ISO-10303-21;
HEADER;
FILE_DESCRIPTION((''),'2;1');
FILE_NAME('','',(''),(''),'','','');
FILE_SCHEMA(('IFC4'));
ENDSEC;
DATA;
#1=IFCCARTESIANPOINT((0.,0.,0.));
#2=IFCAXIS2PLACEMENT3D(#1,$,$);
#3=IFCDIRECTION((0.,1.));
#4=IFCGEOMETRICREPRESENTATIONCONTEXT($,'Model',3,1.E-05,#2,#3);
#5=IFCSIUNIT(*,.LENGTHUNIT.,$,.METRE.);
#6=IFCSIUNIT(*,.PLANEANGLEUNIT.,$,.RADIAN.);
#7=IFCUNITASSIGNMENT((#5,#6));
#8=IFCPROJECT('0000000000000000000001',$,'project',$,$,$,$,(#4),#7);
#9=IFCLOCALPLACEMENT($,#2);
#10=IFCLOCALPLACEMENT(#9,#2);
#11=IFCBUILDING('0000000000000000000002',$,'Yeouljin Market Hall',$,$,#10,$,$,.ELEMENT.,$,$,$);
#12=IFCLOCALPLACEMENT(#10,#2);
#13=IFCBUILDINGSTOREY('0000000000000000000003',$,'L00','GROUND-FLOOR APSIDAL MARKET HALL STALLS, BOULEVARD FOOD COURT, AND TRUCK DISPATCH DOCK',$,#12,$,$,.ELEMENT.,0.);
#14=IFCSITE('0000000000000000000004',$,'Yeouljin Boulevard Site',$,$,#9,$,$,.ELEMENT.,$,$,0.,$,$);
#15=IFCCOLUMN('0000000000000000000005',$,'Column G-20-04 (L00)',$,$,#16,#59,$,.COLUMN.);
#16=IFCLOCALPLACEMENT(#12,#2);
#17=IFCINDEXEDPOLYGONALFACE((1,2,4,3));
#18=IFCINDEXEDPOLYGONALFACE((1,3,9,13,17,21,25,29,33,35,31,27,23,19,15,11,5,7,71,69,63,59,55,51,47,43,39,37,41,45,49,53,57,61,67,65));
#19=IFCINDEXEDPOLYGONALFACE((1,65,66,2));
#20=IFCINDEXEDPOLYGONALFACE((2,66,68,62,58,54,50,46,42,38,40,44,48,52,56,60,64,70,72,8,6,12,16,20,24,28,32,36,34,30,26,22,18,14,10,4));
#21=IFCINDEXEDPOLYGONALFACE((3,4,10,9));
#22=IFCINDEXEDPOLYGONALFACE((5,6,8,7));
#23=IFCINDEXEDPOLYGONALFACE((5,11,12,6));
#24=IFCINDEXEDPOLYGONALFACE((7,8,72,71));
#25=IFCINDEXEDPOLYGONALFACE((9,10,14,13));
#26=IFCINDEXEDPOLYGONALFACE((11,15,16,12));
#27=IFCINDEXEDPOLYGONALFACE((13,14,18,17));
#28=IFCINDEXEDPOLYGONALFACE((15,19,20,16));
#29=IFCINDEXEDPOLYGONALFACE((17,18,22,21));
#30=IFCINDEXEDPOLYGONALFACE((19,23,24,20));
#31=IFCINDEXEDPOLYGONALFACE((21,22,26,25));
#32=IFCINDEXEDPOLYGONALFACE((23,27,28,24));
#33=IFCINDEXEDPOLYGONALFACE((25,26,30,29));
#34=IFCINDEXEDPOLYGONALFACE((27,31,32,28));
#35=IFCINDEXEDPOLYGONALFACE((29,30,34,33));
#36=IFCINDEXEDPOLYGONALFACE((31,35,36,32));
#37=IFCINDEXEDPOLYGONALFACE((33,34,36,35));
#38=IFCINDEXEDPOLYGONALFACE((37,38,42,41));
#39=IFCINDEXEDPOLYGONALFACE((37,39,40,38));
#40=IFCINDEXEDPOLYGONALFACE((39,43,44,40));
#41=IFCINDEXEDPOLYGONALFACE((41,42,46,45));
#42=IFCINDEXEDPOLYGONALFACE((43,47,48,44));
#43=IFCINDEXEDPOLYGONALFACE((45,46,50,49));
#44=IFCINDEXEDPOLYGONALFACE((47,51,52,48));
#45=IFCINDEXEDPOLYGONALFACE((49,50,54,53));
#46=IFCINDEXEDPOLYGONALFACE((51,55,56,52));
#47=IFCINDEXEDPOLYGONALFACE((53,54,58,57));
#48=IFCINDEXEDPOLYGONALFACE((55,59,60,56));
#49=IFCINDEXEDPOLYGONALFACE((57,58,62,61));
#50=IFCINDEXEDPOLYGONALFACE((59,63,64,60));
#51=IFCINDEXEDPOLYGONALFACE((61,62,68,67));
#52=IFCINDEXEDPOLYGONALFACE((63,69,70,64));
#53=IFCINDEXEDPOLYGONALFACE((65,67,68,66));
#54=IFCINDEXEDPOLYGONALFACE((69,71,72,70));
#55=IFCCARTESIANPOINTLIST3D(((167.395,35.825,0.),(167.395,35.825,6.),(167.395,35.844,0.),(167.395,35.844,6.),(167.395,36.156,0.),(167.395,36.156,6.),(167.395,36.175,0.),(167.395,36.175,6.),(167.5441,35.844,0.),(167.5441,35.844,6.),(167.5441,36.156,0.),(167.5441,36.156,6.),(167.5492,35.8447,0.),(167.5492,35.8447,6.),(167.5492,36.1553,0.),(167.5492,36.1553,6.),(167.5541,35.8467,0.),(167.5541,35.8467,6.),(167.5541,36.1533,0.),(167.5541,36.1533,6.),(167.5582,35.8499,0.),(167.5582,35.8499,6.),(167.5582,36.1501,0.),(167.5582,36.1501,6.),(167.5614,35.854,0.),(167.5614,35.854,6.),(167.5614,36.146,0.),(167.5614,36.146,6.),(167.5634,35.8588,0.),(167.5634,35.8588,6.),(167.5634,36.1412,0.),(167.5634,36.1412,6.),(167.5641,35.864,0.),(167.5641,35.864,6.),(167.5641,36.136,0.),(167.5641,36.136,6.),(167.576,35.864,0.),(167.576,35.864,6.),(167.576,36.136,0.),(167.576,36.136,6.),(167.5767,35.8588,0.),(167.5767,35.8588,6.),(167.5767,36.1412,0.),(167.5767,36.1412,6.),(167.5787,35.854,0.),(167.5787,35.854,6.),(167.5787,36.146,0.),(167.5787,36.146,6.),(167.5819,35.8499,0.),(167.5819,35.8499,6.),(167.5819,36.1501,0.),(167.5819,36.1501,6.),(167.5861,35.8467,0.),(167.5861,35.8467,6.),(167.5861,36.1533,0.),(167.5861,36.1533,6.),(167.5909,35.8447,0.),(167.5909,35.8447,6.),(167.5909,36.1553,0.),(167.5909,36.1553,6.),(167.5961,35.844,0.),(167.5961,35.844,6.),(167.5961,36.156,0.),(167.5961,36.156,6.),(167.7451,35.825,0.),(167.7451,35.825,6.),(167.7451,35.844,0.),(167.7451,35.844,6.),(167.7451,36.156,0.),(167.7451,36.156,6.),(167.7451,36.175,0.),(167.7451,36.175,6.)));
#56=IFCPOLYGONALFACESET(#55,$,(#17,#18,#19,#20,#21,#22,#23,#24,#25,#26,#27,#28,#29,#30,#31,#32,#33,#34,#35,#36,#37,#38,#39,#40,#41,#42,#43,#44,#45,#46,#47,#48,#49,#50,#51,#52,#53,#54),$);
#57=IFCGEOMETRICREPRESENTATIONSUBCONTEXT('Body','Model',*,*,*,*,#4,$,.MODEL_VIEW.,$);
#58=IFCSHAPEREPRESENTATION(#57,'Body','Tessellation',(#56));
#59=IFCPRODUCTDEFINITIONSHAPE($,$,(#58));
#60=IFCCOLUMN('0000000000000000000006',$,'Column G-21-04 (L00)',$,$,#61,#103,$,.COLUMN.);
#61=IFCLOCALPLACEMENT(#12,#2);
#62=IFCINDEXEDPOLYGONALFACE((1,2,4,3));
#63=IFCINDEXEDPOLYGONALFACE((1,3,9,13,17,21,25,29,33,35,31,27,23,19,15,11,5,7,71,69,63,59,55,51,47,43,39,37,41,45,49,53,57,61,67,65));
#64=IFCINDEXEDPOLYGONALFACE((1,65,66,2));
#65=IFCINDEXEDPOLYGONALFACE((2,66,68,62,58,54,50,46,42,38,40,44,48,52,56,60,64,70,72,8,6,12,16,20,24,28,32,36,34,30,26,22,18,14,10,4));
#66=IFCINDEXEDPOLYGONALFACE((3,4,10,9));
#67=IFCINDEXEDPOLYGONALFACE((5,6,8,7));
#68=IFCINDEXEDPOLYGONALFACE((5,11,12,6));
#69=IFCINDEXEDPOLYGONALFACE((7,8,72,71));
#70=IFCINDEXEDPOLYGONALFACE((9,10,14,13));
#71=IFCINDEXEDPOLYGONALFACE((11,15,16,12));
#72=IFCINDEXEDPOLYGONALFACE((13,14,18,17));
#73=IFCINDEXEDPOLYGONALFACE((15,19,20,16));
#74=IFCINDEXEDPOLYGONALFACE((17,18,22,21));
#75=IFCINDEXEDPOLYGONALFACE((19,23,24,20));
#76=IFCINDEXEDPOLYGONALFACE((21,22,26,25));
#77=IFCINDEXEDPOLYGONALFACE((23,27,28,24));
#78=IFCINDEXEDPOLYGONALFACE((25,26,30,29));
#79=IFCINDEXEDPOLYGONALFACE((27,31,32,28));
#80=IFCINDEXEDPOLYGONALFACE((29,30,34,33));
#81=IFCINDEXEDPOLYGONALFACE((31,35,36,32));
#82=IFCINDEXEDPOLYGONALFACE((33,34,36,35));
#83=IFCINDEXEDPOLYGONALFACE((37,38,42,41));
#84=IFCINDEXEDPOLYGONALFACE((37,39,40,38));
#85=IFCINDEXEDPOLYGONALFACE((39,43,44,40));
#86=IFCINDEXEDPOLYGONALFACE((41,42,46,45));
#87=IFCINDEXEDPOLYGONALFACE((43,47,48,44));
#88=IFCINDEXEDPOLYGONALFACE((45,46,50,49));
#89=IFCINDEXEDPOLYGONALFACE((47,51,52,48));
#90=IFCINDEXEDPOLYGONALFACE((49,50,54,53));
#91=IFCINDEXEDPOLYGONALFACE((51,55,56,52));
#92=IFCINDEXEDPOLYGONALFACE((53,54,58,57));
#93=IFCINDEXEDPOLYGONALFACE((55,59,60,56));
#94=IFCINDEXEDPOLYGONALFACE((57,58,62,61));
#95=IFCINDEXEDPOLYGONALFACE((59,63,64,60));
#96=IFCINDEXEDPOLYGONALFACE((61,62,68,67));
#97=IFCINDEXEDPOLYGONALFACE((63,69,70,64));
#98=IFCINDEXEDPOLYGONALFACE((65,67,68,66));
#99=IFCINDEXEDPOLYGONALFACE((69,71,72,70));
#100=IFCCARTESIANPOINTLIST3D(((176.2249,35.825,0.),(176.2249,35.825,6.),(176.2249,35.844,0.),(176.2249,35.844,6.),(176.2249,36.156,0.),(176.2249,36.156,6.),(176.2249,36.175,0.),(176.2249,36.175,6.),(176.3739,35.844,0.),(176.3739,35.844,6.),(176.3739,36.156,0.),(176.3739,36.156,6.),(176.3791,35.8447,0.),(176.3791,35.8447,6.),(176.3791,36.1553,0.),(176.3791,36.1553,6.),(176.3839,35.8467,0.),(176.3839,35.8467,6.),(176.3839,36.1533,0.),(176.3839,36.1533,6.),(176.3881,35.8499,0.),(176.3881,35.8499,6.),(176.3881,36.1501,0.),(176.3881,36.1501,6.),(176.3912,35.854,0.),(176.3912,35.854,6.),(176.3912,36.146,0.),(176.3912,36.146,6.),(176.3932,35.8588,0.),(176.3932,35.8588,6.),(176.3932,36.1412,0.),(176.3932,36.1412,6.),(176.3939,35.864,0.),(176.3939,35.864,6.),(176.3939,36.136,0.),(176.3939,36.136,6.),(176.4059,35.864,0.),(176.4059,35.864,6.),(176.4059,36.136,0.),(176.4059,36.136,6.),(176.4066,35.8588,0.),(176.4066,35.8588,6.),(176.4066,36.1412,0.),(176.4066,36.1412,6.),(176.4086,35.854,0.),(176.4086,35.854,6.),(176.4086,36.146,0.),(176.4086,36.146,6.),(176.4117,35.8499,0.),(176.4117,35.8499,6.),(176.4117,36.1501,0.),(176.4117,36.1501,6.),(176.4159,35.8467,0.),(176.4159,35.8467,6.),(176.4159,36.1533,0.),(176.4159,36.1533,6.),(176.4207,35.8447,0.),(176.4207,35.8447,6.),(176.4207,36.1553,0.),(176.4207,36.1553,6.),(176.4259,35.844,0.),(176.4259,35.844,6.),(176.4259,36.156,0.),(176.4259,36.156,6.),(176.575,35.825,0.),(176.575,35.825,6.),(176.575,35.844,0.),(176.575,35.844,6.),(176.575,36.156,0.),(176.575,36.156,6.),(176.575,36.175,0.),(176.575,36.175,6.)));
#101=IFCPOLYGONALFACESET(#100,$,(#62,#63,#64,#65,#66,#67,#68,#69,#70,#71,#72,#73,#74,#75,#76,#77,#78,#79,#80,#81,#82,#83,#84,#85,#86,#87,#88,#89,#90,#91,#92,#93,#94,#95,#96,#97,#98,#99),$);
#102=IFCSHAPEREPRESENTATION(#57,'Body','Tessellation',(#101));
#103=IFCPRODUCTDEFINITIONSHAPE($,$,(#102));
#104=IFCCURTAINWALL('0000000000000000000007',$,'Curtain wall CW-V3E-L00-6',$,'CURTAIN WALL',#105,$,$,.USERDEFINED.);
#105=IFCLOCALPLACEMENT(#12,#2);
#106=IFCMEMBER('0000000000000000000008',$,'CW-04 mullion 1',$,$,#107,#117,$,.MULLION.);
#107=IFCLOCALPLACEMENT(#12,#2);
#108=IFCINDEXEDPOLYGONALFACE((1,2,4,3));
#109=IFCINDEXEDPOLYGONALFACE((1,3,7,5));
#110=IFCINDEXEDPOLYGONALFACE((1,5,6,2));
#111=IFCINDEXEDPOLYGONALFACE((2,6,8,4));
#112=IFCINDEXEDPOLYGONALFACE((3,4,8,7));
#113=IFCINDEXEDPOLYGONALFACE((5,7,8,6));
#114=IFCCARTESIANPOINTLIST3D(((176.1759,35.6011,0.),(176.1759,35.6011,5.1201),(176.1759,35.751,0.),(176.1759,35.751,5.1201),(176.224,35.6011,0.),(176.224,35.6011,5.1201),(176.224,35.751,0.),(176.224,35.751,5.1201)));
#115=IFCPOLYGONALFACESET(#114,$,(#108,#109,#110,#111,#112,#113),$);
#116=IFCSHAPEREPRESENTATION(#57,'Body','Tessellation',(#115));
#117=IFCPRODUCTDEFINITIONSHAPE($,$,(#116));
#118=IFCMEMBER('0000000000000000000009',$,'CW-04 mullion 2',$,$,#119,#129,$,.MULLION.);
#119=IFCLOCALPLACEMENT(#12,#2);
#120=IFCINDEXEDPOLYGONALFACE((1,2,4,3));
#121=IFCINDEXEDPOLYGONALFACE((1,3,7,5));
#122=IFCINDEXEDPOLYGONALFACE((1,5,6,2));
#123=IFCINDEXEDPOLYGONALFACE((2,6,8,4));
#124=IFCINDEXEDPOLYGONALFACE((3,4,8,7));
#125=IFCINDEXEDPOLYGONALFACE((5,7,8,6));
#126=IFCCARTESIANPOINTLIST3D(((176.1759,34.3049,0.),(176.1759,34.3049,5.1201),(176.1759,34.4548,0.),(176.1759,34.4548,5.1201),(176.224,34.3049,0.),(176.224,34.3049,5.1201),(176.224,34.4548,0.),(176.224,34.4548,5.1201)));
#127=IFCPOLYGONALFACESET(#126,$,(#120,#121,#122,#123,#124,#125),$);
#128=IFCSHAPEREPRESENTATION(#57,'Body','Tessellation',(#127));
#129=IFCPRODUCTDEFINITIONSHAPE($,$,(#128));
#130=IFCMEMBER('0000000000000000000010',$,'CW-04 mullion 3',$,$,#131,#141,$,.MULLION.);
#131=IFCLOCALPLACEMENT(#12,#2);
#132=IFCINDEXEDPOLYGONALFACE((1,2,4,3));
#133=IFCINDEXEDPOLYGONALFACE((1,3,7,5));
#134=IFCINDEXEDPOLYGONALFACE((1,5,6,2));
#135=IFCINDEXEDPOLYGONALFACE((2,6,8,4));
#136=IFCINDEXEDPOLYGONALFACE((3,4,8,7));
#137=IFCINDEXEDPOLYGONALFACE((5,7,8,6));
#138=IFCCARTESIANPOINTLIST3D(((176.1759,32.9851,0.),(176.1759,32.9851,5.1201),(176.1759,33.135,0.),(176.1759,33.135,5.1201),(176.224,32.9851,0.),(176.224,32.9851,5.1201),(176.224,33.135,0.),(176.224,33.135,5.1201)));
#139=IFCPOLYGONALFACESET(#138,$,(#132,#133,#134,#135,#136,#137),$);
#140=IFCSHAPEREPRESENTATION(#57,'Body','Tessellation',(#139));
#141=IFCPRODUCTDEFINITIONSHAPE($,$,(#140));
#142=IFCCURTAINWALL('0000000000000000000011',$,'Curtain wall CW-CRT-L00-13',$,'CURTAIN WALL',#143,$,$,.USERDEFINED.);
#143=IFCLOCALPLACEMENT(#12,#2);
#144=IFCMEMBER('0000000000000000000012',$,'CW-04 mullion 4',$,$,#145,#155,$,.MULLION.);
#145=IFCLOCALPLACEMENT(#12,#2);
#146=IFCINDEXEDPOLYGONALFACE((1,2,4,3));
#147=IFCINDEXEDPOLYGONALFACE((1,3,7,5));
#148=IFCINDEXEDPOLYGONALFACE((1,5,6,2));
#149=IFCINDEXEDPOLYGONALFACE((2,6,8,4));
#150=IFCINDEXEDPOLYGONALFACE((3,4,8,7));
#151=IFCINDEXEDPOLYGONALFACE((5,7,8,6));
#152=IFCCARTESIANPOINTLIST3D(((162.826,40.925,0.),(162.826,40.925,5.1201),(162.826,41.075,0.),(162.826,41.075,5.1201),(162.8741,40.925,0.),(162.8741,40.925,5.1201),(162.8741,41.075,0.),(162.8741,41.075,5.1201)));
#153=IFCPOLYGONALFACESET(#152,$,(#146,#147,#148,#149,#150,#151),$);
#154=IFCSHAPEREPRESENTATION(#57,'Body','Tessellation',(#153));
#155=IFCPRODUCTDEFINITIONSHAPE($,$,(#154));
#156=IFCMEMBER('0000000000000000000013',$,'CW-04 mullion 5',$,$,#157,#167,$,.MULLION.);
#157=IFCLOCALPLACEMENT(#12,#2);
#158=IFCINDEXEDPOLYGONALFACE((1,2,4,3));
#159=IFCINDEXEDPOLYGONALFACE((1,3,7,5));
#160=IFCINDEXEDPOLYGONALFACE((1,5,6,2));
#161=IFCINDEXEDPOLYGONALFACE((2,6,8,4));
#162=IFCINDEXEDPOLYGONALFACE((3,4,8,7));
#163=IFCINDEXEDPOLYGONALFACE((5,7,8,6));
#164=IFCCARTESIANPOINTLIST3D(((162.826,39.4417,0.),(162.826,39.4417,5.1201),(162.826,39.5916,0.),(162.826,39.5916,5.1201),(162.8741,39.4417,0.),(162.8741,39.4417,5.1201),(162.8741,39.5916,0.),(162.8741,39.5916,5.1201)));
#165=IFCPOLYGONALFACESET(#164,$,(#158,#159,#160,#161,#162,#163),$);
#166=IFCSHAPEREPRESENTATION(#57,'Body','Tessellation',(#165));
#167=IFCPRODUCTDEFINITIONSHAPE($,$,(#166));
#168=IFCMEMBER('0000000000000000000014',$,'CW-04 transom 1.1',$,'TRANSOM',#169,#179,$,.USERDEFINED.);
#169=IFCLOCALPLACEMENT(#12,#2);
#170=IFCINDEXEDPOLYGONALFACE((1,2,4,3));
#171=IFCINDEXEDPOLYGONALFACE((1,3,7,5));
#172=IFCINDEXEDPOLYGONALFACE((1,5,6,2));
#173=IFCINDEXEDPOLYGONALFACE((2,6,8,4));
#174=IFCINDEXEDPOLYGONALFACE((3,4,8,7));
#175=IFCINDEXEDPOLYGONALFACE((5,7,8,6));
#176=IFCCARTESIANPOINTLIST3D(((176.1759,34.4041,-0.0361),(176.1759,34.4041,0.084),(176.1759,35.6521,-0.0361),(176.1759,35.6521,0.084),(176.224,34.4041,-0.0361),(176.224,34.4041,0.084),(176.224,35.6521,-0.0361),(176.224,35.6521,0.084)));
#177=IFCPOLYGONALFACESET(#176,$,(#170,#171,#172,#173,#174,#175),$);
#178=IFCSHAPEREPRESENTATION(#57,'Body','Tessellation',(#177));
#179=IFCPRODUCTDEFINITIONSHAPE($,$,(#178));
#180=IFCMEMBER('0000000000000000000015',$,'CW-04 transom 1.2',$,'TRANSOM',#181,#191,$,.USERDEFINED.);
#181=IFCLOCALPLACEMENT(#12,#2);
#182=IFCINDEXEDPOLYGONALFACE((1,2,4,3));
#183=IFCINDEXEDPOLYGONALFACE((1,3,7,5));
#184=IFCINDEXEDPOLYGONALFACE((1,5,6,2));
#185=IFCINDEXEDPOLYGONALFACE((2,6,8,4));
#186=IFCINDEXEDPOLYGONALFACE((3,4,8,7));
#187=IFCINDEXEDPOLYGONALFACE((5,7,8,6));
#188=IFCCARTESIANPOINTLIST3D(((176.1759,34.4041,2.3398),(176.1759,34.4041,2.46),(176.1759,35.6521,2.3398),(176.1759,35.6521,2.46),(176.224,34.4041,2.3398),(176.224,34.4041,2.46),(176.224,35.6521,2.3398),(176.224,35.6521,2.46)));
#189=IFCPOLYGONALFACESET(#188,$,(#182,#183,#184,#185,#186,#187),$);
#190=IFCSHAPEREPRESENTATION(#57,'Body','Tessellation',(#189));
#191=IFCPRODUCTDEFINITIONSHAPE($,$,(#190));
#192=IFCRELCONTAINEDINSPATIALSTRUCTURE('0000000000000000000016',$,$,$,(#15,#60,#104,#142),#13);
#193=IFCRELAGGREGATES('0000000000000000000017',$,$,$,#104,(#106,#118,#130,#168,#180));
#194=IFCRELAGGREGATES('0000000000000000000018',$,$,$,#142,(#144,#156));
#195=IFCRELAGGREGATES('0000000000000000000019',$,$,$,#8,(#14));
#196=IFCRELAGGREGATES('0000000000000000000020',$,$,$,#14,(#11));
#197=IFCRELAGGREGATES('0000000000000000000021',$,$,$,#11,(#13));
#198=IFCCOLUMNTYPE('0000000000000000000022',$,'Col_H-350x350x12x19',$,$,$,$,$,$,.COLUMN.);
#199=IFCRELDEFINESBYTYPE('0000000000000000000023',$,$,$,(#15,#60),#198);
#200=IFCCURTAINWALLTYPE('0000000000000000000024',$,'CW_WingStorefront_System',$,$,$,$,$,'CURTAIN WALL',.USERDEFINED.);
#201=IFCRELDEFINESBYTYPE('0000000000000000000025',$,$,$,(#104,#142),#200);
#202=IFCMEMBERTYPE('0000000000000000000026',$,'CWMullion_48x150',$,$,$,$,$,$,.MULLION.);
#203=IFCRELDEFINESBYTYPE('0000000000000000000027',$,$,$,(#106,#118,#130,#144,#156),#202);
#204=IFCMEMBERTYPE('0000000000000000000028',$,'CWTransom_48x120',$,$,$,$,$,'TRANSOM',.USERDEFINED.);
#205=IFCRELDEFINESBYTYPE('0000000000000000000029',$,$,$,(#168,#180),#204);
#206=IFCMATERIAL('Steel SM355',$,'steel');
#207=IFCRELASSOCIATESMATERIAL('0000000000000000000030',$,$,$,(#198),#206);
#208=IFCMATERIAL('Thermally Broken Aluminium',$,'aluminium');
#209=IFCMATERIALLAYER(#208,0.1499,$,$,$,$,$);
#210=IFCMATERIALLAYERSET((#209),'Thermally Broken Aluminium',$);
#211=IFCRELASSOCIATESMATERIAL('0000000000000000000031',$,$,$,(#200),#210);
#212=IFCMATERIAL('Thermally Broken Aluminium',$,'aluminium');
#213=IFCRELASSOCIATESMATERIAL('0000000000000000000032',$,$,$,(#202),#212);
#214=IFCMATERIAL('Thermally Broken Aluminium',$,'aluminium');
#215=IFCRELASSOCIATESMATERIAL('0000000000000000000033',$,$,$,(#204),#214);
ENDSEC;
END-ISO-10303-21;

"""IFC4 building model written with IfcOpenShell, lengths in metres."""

from ifc_helpers import new_model, si_unit, direction, frame, origin, origin_2d, place, context, subcontext, project, spatial, rectangle, i_section, extrude, material, layer, layer_set, material_profile, profile_set, type_object, element, aggregate, save


model = new_model("IFC4")

# Units and contexts
model_context = context("Model", 3, precision=1e-05, world=origin(), true_north=direction((0.0, 1.0)))
body_context = subcontext(model_context, "Body", "Model", "MODEL_VIEW")
ifc_project = project(units=[si_unit("LENGTHUNIT", "METRE"), si_unit("PLANEANGLEUNIT", "RADIAN")], contexts=[model_context])

# Site, building, storey
site_placement = place(None, origin())
site = spatial("IfcSite", under=ifc_project, at=site_placement, Name="Yeouljin Boulevard Site", CompositionType="ELEMENT", RefElevation=0.0)
building_placement = place(site_placement, origin())
building = spatial("IfcBuilding", under=site, at=building_placement, Name="Yeouljin Market Hall", CompositionType="ELEMENT")
storey_placement = place(building_placement, origin())
storey = spatial("IfcBuildingStorey", under=building, at=storey_placement, Name="L00", Description="GROUND-FLOOR APSIDAL MARKET HALL STALLS, BOULEVARD FOOD COURT, AND TRUCK DISPATCH DOCK", CompositionType="ELEMENT", Elevation=0.0)

# Columns
ifc_material_1 = material(Name="Steel SM355", Category="steel")
ifc_material_profile_1 = material_profile(ifc_material_1, i_section(OverallWidth=0.3501, OverallDepth=0.3501, WebThickness=0.012, FlangeThickness=0.019, FilletRadius=0.02, at=origin_2d()), Name="H-350x350x12x19")
ifc_profile_set_1 = profile_set([ifc_material_profile_1], Name="Steel SM355")
column_type = type_object("IfcColumnType", Name="Col_H-350x350x12x19", PredefinedType="COLUMN", material=ifc_profile_set_1)
for number, where, z_axis, x_axis, name in (
    (1, (167.5701, 36.0, 0.0), (0.0, 0.0, 1.0), (1.0, 0.0, 0.0), "Column G-20-04 (L00)"),
    (2, (176.3999, 36.0, 0.0), (0.0, 0.0, 1.0), (1.0, 0.0, 0.0), "Column G-21-04 (L00)"),
):
    element("IfcColumn", number, at=place(storey_placement, frame(where, z_axis=z_axis, x_axis=x_axis)), inside=storey, type_object=column_type, Name=name, PredefinedType="COLUMN", context=body_context, shape_type="SweptSolid", body=[
        extrude(i_section(OverallWidth=0.3501, OverallDepth=0.3501, WebThickness=0.012, FlangeThickness=0.019, FilletRadius=0.02, at=origin_2d()), origin(), (0.0, 0.0, 1.0), 6.0),
    ])

# Curtain walls, members
ifc_material_2 = material(Name="Thermally Broken Aluminium", Category="aluminium")
ifc_layer_1 = layer(ifc_material_2, 0.1499)
ifc_layer_set_1 = layer_set([ifc_layer_1], Name="Thermally Broken Aluminium")
curtain_wall_type = type_object("IfcCurtainWallType", Name="CW_WingStorefront_System", ElementType="CURTAIN WALL", PredefinedType="USERDEFINED", material=ifc_layer_set_1)
curtain_wall_1_placement = place(storey_placement, origin())
curtain_wall_1 = element("IfcCurtainWall", 3, at=curtain_wall_1_placement, inside=storey, type_object=curtain_wall_type, Name="Curtain wall CW-V3E-L00-6", ObjectType="CURTAIN WALL", PredefinedType="USERDEFINED")
ifc_material_3 = material(Name="Thermally Broken Aluminium", Category="aluminium")
ifc_material_profile_2 = material_profile(ifc_material_3, rectangle(XDim=0.0481, YDim=0.1499, at=origin_2d()), Name="CW-MULL-48x150")
ifc_profile_set_2 = profile_set([ifc_material_profile_2], Name="Thermally Broken Aluminium")
member_type_1 = type_object("IfcMemberType", Name="CWMullion_48x150", PredefinedType="MULLION", material=ifc_profile_set_2)
member_1_placement = place(storey_placement, frame((176.2, 35.676, 0.0), z_axis=(0.0, 0.0, 1.0), x_axis=(1.0, 0.0, 0.0)))
member_1 = element("IfcMember", 4, at=member_1_placement, type_object=member_type_1, Name="CW-04 mullion 1", PredefinedType="MULLION", context=body_context, shape_type="SweptSolid", body=[
    extrude(rectangle(XDim=0.0481, YDim=0.1499, at=origin_2d()), origin(), (0.0, 0.0, 1.0), 5.1201),
])
member_2_placement = place(storey_placement, frame((176.2, 34.3799, 0.0), z_axis=(0.0, 0.0, 1.0), x_axis=(1.0, 0.0, 0.0)))
member_2 = element("IfcMember", 5, at=member_2_placement, type_object=member_type_1, Name="CW-04 mullion 2", PredefinedType="MULLION", context=body_context, shape_type="SweptSolid", body=[
    extrude(rectangle(XDim=0.0481, YDim=0.1499, at=origin_2d()), origin(), (0.0, 0.0, 1.0), 5.1201),
])
member_3_placement = place(storey_placement, frame((176.2, 33.0601, 0.0), z_axis=(0.0, 0.0, 1.0), x_axis=(1.0, 0.0, 0.0)))
member_3 = element("IfcMember", 6, at=member_3_placement, type_object=member_type_1, Name="CW-04 mullion 3", PredefinedType="MULLION", context=body_context, shape_type="SweptSolid", body=[
    extrude(rectangle(XDim=0.0481, YDim=0.1499, at=origin_2d()), origin(), (0.0, 0.0, 1.0), 5.1201),
])
curtain_wall_2_placement = place(storey_placement, origin())
curtain_wall_2 = element("IfcCurtainWall", 7, at=curtain_wall_2_placement, inside=storey, type_object=curtain_wall_type, Name="Curtain wall CW-CRT-L00-13", ObjectType="CURTAIN WALL", PredefinedType="USERDEFINED")
member_4_placement = place(storey_placement, frame((162.8501, 41.0, 0.0), z_axis=(0.0, 0.0, 1.0), x_axis=(1.0, 0.0, 0.0)))
member_4 = element("IfcMember", 8, at=member_4_placement, type_object=member_type_1, Name="CW-04 mullion 4", PredefinedType="MULLION", context=body_context, shape_type="SweptSolid", body=[
    extrude(rectangle(XDim=0.0481, YDim=0.1499, at=origin_2d()), origin(), (0.0, 0.0, 1.0), 5.1201),
])
member_5_placement = place(storey_placement, frame((162.8501, 39.5166, 0.0), z_axis=(0.0, 0.0, 1.0), x_axis=(1.0, 0.0, 0.0)))
member_5 = element("IfcMember", 9, at=member_5_placement, type_object=member_type_1, Name="CW-04 mullion 5", PredefinedType="MULLION", context=body_context, shape_type="SweptSolid", body=[
    extrude(rectangle(XDim=0.0481, YDim=0.1499, at=origin_2d()), origin(), (0.0, 0.0, 1.0), 5.1201),
])

# Members
ifc_material_4 = material(Name="Thermally Broken Aluminium", Category="aluminium")
ifc_material_profile_3 = material_profile(ifc_material_4, rectangle(XDim=0.0481, YDim=0.1201, at=origin_2d()), Name="CW-TRAN-48x120")
ifc_profile_set_3 = profile_set([ifc_material_profile_3], Name="Thermally Broken Aluminium")
member_type_2 = type_object("IfcMemberType", Name="CWTransom_48x120", ElementType="TRANSOM", PredefinedType="USERDEFINED", material=ifc_profile_set_3)
member_6_placement = place(storey_placement, frame((176.2, 35.6521, 0.0239), z_axis=(0.0, -1.0, 0.0), x_axis=(1.0, 0.0, 0.0)))
member_6 = element("IfcMember", 10, at=member_6_placement, type_object=member_type_2, Name="CW-04 transom 1.1", ObjectType="TRANSOM", PredefinedType="USERDEFINED", context=body_context, shape_type="SweptSolid", body=[
    extrude(rectangle(XDim=0.0481, YDim=0.1201, at=origin_2d()), origin(), (0.0, 0.0, 1.0), 1.248),
])
member_7_placement = place(storey_placement, frame((176.2, 35.6521, 2.3999), z_axis=(0.0, -1.0, 0.0), x_axis=(1.0, 0.0, 0.0)))
member_7 = element("IfcMember", 11, at=member_7_placement, type_object=member_type_2, Name="CW-04 transom 1.2", ObjectType="TRANSOM", PredefinedType="USERDEFINED", context=body_context, shape_type="SweptSolid", body=[
    extrude(rectangle(XDim=0.0481, YDim=0.1201, at=origin_2d()), origin(), (0.0, 0.0, 1.0), 1.248),
])

aggregate(curtain_wall_1, [member_1, member_2, member_3, member_6, member_7])
aggregate(curtain_wall_2, [member_4, member_5])

save(model, "model.ifc")
